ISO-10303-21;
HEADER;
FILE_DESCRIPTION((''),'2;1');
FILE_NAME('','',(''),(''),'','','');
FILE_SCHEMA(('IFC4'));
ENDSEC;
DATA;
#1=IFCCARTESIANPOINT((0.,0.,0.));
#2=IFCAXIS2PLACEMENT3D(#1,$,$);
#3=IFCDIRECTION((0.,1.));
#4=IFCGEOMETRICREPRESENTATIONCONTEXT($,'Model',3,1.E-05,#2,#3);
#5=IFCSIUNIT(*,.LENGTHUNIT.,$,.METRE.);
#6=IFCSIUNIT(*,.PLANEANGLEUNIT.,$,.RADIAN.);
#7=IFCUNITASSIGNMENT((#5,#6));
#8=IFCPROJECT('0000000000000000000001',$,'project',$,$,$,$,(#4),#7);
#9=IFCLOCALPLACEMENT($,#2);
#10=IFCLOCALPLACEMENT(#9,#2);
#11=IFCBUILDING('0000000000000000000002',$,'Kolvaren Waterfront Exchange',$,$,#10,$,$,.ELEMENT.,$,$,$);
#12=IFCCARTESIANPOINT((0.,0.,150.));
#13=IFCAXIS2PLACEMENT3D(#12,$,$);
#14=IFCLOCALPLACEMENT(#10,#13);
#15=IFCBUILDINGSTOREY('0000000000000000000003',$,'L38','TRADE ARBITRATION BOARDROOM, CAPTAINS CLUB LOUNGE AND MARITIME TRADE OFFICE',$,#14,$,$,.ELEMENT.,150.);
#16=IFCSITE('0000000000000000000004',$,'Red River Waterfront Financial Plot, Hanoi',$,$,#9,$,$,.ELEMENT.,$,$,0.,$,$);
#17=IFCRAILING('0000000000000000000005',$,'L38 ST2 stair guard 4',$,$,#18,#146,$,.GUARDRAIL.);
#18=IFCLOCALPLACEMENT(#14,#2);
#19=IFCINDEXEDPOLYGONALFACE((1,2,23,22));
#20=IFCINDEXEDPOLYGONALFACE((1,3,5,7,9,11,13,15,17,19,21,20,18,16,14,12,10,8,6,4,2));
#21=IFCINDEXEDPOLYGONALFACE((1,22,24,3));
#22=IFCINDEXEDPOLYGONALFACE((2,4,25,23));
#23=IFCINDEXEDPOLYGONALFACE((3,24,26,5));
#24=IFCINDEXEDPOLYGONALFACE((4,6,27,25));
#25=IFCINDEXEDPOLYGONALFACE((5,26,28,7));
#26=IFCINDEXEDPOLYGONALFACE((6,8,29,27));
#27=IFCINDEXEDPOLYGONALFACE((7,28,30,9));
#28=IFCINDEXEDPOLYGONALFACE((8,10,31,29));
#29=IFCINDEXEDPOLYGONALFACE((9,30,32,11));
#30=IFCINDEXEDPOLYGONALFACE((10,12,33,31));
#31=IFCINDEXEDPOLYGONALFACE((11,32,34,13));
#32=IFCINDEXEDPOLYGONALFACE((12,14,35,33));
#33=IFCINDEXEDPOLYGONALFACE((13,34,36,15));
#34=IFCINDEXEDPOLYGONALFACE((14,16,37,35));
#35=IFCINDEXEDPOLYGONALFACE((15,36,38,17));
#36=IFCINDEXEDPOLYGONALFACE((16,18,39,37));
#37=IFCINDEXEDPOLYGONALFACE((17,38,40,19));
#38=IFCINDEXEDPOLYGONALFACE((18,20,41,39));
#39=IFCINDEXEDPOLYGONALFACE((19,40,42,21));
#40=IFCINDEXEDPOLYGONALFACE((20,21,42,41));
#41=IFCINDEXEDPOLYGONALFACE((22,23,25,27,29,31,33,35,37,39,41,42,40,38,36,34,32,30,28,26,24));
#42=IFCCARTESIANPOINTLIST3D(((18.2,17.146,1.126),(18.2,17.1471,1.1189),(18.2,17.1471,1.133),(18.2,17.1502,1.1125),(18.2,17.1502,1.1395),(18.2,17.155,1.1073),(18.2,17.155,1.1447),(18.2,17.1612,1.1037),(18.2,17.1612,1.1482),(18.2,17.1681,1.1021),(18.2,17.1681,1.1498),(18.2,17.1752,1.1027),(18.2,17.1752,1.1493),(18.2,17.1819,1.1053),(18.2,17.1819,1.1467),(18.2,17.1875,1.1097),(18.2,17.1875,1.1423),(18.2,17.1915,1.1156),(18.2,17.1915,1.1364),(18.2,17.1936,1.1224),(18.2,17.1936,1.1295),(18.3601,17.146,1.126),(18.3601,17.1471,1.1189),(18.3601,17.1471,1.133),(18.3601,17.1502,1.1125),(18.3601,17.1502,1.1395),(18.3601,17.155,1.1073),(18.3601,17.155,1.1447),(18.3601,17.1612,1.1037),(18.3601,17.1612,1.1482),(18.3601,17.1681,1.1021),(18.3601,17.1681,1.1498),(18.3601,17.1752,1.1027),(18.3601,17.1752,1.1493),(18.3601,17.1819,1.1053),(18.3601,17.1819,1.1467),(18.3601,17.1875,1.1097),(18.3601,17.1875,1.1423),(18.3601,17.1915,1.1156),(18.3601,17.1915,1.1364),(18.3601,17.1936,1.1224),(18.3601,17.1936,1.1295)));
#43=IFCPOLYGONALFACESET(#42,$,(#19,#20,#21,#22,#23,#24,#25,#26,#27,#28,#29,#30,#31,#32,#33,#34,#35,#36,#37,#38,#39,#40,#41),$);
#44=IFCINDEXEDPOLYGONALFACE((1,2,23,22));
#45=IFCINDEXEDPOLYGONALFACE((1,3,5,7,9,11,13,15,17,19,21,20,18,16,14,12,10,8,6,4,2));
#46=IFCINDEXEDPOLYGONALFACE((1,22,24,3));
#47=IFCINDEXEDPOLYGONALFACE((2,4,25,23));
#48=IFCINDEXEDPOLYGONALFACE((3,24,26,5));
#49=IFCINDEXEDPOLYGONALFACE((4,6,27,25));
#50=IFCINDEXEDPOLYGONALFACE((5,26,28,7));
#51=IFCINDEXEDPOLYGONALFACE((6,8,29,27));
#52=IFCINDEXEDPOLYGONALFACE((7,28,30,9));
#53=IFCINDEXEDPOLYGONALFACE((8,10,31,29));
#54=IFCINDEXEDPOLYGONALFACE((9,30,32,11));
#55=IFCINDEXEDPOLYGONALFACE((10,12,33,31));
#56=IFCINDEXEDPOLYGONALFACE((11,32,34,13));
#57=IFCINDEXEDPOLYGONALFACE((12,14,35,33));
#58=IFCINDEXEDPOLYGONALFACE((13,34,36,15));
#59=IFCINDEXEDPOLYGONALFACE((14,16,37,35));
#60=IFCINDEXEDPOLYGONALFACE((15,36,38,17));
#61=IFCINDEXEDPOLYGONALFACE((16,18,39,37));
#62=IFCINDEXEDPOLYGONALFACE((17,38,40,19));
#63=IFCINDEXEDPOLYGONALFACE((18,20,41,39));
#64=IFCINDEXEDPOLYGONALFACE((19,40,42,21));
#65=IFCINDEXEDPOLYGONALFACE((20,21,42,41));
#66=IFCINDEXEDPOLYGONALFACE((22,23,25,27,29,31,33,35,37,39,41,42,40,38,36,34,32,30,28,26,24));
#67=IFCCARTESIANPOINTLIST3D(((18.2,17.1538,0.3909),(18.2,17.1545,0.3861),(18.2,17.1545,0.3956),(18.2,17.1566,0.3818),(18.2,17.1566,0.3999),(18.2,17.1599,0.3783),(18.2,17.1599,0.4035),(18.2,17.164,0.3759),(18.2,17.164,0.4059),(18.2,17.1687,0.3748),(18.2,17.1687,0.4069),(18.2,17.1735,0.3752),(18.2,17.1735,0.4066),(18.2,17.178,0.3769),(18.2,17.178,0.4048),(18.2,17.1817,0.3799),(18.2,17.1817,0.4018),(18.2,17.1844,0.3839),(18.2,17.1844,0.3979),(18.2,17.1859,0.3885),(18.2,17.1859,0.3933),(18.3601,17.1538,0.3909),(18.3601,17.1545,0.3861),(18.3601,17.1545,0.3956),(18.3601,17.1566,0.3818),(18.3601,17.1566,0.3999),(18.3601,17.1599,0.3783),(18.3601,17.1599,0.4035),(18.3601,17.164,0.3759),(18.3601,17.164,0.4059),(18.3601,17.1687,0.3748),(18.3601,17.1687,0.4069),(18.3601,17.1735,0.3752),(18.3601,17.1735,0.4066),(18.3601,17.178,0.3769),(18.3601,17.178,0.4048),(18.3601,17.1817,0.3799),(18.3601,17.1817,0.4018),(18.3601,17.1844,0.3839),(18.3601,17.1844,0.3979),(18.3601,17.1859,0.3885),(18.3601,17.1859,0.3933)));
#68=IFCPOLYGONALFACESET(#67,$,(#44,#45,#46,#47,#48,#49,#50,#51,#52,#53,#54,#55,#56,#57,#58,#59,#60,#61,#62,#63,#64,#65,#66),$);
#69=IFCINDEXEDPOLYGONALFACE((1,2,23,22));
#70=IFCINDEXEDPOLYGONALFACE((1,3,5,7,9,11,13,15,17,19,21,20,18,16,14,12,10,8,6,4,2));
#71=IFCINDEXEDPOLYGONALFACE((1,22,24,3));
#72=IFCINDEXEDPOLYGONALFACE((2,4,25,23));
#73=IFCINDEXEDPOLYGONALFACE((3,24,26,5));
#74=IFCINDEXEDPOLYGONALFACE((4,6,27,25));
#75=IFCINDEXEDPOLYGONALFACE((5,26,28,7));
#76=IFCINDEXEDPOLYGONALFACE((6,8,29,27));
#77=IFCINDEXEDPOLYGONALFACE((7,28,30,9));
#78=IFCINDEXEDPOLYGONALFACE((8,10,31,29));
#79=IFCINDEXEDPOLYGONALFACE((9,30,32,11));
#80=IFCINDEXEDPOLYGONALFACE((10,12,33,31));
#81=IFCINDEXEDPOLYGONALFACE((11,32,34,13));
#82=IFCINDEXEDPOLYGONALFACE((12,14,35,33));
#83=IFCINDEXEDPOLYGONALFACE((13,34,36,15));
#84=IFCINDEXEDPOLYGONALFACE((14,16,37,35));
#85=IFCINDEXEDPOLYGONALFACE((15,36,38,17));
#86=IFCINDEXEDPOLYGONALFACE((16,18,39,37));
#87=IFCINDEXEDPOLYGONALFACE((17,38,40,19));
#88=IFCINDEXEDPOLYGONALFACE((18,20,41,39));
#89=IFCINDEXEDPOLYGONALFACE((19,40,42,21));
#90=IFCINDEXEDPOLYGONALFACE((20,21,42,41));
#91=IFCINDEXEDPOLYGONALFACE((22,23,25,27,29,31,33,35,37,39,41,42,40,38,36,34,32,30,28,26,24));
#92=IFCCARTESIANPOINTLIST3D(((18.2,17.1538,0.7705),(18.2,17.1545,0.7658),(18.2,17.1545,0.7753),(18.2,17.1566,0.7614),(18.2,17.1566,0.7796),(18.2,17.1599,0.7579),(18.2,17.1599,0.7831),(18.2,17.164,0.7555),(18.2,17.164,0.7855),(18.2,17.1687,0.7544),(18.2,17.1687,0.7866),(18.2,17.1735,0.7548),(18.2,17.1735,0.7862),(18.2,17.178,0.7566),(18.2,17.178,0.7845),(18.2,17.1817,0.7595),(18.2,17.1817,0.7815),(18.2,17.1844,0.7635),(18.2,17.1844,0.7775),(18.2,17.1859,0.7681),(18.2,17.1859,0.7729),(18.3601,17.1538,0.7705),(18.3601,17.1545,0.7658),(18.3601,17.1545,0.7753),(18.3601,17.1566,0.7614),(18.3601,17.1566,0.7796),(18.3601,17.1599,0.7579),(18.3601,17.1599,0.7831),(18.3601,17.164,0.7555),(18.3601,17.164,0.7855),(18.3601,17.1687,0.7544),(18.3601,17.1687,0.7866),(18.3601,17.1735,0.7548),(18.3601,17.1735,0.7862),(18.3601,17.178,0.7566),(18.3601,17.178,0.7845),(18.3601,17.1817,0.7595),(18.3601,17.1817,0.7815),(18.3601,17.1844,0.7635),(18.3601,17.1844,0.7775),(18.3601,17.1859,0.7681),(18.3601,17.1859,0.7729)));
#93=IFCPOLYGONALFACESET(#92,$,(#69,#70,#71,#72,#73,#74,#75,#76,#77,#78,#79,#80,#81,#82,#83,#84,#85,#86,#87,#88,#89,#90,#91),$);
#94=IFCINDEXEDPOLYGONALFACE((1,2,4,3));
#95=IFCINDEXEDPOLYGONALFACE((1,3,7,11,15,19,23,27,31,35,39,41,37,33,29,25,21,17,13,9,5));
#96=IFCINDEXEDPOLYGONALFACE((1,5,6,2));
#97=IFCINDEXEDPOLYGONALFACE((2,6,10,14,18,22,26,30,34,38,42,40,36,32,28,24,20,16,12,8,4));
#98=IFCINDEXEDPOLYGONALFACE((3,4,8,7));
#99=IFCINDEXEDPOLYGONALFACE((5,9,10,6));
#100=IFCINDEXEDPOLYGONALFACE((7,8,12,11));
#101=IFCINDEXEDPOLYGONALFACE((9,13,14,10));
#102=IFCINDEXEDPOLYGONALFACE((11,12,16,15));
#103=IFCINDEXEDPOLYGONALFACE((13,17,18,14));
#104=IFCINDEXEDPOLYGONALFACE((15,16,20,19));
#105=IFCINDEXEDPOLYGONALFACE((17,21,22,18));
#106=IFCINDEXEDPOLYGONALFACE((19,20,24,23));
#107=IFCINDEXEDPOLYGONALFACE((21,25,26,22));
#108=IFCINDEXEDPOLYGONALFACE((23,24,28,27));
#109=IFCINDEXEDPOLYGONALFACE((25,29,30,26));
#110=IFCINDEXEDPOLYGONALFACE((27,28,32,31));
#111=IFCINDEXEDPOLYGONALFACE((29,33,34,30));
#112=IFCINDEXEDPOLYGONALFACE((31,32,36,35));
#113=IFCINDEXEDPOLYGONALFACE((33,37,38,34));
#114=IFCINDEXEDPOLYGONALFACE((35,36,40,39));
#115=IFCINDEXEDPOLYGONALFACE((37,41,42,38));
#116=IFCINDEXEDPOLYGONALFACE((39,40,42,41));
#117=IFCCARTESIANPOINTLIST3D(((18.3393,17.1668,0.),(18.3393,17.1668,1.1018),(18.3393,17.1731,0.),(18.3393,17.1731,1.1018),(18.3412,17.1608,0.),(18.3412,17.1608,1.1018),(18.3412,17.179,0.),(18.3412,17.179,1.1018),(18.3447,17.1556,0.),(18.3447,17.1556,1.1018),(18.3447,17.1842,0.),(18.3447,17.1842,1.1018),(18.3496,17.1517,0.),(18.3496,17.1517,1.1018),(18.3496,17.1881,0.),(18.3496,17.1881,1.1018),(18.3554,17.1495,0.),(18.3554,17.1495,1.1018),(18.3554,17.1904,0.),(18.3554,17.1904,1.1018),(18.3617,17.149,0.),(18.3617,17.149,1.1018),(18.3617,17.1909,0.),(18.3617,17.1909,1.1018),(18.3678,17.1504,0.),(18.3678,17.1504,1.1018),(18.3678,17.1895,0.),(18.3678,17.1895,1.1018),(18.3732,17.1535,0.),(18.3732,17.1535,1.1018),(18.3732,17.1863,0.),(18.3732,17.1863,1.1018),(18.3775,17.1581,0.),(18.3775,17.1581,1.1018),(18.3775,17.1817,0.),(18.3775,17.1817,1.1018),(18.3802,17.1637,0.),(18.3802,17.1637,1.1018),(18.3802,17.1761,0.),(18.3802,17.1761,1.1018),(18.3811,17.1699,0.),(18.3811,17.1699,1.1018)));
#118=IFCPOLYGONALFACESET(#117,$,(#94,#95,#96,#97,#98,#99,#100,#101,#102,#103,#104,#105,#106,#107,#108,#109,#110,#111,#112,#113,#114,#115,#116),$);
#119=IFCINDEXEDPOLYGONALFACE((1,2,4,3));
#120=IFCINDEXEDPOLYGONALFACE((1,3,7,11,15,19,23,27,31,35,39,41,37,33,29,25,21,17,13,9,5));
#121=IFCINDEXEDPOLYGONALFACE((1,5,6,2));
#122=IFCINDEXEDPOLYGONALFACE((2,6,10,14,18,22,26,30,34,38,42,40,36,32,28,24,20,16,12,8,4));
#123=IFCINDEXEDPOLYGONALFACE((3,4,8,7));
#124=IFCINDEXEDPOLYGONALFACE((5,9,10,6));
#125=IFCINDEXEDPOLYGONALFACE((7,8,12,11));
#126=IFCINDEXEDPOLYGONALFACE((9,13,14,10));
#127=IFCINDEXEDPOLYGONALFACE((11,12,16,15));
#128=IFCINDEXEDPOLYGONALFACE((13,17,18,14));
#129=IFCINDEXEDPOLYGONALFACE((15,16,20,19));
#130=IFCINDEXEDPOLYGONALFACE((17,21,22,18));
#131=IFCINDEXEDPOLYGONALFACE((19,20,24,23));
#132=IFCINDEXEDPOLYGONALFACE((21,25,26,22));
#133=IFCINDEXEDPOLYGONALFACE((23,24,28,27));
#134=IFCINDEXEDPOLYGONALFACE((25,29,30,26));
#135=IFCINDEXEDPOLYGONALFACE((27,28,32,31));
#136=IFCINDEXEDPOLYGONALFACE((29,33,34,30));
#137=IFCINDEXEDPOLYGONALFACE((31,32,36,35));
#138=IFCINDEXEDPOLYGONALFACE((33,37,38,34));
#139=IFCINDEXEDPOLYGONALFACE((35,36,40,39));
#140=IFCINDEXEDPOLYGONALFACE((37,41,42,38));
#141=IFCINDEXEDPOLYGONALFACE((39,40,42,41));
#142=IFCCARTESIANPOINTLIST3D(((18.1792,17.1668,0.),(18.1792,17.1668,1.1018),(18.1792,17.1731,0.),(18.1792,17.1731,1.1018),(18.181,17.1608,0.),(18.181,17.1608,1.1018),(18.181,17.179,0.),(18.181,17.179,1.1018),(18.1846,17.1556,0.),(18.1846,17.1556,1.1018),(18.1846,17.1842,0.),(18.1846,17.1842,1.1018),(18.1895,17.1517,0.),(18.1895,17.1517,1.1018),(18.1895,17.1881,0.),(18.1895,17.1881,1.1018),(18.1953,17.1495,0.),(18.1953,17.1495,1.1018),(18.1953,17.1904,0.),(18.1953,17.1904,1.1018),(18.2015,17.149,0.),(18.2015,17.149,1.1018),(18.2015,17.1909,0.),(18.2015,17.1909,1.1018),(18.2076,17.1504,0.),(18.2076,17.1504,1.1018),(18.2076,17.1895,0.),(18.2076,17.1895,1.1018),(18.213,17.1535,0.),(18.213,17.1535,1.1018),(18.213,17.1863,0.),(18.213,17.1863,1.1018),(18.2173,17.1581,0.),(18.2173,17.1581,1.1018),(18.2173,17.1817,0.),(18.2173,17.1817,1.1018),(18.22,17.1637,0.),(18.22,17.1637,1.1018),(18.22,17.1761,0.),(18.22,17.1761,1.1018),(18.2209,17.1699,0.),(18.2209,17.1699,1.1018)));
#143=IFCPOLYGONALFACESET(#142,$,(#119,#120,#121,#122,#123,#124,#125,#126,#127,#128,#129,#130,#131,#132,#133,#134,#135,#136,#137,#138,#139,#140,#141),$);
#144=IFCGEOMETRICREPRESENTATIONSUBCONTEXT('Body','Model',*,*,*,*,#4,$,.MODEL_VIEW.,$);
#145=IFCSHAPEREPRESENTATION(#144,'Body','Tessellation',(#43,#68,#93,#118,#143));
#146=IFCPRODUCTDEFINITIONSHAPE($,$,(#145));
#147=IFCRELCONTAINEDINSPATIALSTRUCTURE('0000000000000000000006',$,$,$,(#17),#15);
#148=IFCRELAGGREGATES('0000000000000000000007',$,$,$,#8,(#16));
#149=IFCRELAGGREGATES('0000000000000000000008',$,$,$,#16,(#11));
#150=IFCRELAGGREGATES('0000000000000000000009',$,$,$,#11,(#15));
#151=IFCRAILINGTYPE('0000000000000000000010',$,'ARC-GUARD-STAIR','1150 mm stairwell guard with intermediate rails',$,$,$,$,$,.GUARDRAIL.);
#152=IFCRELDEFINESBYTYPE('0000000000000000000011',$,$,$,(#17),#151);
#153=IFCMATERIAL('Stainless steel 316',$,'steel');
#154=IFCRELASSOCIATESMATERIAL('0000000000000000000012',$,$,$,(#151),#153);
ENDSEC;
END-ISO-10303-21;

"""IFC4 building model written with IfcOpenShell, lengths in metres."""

from ifc_helpers import new_model, si_unit, direction, frame, origin, origin_2d, place, context, subcontext, project, spatial, circle, extrude, material, type_object, element, save


model = new_model("IFC4")

# Units and contexts
model_context = context("Model", 3, precision=1e-05, world=origin(), true_north=direction((0.0, 1.0)))
body_context = subcontext(model_context, "Body", "Model", "MODEL_VIEW")
ifc_project = project(units=[si_unit("LENGTHUNIT", "METRE"), si_unit("PLANEANGLEUNIT", "RADIAN")], contexts=[model_context])

# Site, building, storey
site_placement = place(None, origin())
site = spatial("IfcSite", under=ifc_project, at=site_placement, Name="Red River Waterfront Financial Plot, Hanoi", CompositionType="ELEMENT", RefElevation=0.0)
building_placement = place(site_placement, origin())
building = spatial("IfcBuilding", under=site, at=building_placement, Name="Kolvaren Waterfront Exchange", CompositionType="ELEMENT")
storey_placement = place(building_placement, frame((0.0, 0.0, 150.0)))
storey = spatial("IfcBuildingStorey", under=building, at=storey_placement, Name="L38", Description="TRADE ARBITRATION BOARDROOM, CAPTAINS CLUB LOUNGE AND MARITIME TRADE OFFICE", CompositionType="ELEMENT", Elevation=150.0)

# Railing
ifc_material_1 = material(Name="Stainless steel 316", Category="steel")
railing_type_1 = type_object("IfcRailingType", Name="ARC-GUARD-STAIR", Description="1150 mm stairwell guard with intermediate rails", PredefinedType="GUARDRAIL", material=ifc_material_1)
railing_1_placement = place(storey_placement, frame((18.3601, 17.1699, 0.0)))
element("IfcRailing", 1, at=railing_1_placement, inside=storey, type_object=railing_type_1, Name="L38 ST2 stair guard 4", PredefinedType="GUARDRAIL", context=body_context, shape_type="SweptSolid", body=[
    extrude(circle(Radius=0.0239, at=origin_2d()), frame((0.0, 0.0, 1.126), z_axis=(-1.0, 0.0, 0.0), x_axis=(0.0, -1.0, 0.0)), (0.0, 0.0, 1.0), 0.1602),
    extrude(circle(Radius=0.0161, at=origin_2d()), frame((0.0, 0.0, 0.3909), z_axis=(-1.0, 0.0, 0.0), x_axis=(0.0, -1.0, 0.0)), (0.0, 0.0, 1.0), 0.1602),
    extrude(circle(Radius=0.0161, at=origin_2d()), frame((0.0, 0.0, 0.7705), z_axis=(-1.0, 0.0, 0.0), x_axis=(0.0, -1.0, 0.0)), (0.0, 0.0, 1.0), 0.1602),
    extrude(circle(Radius=0.021, at=origin_2d()), origin(), (0.0, 0.0, 1.0), 1.1018),
    extrude(circle(Radius=0.021, at=origin_2d()), frame((-0.1602, 0.0, 0.0)), (0.0, 0.0, 1.0), 1.1018),
])

save(model, "model.ifc")
